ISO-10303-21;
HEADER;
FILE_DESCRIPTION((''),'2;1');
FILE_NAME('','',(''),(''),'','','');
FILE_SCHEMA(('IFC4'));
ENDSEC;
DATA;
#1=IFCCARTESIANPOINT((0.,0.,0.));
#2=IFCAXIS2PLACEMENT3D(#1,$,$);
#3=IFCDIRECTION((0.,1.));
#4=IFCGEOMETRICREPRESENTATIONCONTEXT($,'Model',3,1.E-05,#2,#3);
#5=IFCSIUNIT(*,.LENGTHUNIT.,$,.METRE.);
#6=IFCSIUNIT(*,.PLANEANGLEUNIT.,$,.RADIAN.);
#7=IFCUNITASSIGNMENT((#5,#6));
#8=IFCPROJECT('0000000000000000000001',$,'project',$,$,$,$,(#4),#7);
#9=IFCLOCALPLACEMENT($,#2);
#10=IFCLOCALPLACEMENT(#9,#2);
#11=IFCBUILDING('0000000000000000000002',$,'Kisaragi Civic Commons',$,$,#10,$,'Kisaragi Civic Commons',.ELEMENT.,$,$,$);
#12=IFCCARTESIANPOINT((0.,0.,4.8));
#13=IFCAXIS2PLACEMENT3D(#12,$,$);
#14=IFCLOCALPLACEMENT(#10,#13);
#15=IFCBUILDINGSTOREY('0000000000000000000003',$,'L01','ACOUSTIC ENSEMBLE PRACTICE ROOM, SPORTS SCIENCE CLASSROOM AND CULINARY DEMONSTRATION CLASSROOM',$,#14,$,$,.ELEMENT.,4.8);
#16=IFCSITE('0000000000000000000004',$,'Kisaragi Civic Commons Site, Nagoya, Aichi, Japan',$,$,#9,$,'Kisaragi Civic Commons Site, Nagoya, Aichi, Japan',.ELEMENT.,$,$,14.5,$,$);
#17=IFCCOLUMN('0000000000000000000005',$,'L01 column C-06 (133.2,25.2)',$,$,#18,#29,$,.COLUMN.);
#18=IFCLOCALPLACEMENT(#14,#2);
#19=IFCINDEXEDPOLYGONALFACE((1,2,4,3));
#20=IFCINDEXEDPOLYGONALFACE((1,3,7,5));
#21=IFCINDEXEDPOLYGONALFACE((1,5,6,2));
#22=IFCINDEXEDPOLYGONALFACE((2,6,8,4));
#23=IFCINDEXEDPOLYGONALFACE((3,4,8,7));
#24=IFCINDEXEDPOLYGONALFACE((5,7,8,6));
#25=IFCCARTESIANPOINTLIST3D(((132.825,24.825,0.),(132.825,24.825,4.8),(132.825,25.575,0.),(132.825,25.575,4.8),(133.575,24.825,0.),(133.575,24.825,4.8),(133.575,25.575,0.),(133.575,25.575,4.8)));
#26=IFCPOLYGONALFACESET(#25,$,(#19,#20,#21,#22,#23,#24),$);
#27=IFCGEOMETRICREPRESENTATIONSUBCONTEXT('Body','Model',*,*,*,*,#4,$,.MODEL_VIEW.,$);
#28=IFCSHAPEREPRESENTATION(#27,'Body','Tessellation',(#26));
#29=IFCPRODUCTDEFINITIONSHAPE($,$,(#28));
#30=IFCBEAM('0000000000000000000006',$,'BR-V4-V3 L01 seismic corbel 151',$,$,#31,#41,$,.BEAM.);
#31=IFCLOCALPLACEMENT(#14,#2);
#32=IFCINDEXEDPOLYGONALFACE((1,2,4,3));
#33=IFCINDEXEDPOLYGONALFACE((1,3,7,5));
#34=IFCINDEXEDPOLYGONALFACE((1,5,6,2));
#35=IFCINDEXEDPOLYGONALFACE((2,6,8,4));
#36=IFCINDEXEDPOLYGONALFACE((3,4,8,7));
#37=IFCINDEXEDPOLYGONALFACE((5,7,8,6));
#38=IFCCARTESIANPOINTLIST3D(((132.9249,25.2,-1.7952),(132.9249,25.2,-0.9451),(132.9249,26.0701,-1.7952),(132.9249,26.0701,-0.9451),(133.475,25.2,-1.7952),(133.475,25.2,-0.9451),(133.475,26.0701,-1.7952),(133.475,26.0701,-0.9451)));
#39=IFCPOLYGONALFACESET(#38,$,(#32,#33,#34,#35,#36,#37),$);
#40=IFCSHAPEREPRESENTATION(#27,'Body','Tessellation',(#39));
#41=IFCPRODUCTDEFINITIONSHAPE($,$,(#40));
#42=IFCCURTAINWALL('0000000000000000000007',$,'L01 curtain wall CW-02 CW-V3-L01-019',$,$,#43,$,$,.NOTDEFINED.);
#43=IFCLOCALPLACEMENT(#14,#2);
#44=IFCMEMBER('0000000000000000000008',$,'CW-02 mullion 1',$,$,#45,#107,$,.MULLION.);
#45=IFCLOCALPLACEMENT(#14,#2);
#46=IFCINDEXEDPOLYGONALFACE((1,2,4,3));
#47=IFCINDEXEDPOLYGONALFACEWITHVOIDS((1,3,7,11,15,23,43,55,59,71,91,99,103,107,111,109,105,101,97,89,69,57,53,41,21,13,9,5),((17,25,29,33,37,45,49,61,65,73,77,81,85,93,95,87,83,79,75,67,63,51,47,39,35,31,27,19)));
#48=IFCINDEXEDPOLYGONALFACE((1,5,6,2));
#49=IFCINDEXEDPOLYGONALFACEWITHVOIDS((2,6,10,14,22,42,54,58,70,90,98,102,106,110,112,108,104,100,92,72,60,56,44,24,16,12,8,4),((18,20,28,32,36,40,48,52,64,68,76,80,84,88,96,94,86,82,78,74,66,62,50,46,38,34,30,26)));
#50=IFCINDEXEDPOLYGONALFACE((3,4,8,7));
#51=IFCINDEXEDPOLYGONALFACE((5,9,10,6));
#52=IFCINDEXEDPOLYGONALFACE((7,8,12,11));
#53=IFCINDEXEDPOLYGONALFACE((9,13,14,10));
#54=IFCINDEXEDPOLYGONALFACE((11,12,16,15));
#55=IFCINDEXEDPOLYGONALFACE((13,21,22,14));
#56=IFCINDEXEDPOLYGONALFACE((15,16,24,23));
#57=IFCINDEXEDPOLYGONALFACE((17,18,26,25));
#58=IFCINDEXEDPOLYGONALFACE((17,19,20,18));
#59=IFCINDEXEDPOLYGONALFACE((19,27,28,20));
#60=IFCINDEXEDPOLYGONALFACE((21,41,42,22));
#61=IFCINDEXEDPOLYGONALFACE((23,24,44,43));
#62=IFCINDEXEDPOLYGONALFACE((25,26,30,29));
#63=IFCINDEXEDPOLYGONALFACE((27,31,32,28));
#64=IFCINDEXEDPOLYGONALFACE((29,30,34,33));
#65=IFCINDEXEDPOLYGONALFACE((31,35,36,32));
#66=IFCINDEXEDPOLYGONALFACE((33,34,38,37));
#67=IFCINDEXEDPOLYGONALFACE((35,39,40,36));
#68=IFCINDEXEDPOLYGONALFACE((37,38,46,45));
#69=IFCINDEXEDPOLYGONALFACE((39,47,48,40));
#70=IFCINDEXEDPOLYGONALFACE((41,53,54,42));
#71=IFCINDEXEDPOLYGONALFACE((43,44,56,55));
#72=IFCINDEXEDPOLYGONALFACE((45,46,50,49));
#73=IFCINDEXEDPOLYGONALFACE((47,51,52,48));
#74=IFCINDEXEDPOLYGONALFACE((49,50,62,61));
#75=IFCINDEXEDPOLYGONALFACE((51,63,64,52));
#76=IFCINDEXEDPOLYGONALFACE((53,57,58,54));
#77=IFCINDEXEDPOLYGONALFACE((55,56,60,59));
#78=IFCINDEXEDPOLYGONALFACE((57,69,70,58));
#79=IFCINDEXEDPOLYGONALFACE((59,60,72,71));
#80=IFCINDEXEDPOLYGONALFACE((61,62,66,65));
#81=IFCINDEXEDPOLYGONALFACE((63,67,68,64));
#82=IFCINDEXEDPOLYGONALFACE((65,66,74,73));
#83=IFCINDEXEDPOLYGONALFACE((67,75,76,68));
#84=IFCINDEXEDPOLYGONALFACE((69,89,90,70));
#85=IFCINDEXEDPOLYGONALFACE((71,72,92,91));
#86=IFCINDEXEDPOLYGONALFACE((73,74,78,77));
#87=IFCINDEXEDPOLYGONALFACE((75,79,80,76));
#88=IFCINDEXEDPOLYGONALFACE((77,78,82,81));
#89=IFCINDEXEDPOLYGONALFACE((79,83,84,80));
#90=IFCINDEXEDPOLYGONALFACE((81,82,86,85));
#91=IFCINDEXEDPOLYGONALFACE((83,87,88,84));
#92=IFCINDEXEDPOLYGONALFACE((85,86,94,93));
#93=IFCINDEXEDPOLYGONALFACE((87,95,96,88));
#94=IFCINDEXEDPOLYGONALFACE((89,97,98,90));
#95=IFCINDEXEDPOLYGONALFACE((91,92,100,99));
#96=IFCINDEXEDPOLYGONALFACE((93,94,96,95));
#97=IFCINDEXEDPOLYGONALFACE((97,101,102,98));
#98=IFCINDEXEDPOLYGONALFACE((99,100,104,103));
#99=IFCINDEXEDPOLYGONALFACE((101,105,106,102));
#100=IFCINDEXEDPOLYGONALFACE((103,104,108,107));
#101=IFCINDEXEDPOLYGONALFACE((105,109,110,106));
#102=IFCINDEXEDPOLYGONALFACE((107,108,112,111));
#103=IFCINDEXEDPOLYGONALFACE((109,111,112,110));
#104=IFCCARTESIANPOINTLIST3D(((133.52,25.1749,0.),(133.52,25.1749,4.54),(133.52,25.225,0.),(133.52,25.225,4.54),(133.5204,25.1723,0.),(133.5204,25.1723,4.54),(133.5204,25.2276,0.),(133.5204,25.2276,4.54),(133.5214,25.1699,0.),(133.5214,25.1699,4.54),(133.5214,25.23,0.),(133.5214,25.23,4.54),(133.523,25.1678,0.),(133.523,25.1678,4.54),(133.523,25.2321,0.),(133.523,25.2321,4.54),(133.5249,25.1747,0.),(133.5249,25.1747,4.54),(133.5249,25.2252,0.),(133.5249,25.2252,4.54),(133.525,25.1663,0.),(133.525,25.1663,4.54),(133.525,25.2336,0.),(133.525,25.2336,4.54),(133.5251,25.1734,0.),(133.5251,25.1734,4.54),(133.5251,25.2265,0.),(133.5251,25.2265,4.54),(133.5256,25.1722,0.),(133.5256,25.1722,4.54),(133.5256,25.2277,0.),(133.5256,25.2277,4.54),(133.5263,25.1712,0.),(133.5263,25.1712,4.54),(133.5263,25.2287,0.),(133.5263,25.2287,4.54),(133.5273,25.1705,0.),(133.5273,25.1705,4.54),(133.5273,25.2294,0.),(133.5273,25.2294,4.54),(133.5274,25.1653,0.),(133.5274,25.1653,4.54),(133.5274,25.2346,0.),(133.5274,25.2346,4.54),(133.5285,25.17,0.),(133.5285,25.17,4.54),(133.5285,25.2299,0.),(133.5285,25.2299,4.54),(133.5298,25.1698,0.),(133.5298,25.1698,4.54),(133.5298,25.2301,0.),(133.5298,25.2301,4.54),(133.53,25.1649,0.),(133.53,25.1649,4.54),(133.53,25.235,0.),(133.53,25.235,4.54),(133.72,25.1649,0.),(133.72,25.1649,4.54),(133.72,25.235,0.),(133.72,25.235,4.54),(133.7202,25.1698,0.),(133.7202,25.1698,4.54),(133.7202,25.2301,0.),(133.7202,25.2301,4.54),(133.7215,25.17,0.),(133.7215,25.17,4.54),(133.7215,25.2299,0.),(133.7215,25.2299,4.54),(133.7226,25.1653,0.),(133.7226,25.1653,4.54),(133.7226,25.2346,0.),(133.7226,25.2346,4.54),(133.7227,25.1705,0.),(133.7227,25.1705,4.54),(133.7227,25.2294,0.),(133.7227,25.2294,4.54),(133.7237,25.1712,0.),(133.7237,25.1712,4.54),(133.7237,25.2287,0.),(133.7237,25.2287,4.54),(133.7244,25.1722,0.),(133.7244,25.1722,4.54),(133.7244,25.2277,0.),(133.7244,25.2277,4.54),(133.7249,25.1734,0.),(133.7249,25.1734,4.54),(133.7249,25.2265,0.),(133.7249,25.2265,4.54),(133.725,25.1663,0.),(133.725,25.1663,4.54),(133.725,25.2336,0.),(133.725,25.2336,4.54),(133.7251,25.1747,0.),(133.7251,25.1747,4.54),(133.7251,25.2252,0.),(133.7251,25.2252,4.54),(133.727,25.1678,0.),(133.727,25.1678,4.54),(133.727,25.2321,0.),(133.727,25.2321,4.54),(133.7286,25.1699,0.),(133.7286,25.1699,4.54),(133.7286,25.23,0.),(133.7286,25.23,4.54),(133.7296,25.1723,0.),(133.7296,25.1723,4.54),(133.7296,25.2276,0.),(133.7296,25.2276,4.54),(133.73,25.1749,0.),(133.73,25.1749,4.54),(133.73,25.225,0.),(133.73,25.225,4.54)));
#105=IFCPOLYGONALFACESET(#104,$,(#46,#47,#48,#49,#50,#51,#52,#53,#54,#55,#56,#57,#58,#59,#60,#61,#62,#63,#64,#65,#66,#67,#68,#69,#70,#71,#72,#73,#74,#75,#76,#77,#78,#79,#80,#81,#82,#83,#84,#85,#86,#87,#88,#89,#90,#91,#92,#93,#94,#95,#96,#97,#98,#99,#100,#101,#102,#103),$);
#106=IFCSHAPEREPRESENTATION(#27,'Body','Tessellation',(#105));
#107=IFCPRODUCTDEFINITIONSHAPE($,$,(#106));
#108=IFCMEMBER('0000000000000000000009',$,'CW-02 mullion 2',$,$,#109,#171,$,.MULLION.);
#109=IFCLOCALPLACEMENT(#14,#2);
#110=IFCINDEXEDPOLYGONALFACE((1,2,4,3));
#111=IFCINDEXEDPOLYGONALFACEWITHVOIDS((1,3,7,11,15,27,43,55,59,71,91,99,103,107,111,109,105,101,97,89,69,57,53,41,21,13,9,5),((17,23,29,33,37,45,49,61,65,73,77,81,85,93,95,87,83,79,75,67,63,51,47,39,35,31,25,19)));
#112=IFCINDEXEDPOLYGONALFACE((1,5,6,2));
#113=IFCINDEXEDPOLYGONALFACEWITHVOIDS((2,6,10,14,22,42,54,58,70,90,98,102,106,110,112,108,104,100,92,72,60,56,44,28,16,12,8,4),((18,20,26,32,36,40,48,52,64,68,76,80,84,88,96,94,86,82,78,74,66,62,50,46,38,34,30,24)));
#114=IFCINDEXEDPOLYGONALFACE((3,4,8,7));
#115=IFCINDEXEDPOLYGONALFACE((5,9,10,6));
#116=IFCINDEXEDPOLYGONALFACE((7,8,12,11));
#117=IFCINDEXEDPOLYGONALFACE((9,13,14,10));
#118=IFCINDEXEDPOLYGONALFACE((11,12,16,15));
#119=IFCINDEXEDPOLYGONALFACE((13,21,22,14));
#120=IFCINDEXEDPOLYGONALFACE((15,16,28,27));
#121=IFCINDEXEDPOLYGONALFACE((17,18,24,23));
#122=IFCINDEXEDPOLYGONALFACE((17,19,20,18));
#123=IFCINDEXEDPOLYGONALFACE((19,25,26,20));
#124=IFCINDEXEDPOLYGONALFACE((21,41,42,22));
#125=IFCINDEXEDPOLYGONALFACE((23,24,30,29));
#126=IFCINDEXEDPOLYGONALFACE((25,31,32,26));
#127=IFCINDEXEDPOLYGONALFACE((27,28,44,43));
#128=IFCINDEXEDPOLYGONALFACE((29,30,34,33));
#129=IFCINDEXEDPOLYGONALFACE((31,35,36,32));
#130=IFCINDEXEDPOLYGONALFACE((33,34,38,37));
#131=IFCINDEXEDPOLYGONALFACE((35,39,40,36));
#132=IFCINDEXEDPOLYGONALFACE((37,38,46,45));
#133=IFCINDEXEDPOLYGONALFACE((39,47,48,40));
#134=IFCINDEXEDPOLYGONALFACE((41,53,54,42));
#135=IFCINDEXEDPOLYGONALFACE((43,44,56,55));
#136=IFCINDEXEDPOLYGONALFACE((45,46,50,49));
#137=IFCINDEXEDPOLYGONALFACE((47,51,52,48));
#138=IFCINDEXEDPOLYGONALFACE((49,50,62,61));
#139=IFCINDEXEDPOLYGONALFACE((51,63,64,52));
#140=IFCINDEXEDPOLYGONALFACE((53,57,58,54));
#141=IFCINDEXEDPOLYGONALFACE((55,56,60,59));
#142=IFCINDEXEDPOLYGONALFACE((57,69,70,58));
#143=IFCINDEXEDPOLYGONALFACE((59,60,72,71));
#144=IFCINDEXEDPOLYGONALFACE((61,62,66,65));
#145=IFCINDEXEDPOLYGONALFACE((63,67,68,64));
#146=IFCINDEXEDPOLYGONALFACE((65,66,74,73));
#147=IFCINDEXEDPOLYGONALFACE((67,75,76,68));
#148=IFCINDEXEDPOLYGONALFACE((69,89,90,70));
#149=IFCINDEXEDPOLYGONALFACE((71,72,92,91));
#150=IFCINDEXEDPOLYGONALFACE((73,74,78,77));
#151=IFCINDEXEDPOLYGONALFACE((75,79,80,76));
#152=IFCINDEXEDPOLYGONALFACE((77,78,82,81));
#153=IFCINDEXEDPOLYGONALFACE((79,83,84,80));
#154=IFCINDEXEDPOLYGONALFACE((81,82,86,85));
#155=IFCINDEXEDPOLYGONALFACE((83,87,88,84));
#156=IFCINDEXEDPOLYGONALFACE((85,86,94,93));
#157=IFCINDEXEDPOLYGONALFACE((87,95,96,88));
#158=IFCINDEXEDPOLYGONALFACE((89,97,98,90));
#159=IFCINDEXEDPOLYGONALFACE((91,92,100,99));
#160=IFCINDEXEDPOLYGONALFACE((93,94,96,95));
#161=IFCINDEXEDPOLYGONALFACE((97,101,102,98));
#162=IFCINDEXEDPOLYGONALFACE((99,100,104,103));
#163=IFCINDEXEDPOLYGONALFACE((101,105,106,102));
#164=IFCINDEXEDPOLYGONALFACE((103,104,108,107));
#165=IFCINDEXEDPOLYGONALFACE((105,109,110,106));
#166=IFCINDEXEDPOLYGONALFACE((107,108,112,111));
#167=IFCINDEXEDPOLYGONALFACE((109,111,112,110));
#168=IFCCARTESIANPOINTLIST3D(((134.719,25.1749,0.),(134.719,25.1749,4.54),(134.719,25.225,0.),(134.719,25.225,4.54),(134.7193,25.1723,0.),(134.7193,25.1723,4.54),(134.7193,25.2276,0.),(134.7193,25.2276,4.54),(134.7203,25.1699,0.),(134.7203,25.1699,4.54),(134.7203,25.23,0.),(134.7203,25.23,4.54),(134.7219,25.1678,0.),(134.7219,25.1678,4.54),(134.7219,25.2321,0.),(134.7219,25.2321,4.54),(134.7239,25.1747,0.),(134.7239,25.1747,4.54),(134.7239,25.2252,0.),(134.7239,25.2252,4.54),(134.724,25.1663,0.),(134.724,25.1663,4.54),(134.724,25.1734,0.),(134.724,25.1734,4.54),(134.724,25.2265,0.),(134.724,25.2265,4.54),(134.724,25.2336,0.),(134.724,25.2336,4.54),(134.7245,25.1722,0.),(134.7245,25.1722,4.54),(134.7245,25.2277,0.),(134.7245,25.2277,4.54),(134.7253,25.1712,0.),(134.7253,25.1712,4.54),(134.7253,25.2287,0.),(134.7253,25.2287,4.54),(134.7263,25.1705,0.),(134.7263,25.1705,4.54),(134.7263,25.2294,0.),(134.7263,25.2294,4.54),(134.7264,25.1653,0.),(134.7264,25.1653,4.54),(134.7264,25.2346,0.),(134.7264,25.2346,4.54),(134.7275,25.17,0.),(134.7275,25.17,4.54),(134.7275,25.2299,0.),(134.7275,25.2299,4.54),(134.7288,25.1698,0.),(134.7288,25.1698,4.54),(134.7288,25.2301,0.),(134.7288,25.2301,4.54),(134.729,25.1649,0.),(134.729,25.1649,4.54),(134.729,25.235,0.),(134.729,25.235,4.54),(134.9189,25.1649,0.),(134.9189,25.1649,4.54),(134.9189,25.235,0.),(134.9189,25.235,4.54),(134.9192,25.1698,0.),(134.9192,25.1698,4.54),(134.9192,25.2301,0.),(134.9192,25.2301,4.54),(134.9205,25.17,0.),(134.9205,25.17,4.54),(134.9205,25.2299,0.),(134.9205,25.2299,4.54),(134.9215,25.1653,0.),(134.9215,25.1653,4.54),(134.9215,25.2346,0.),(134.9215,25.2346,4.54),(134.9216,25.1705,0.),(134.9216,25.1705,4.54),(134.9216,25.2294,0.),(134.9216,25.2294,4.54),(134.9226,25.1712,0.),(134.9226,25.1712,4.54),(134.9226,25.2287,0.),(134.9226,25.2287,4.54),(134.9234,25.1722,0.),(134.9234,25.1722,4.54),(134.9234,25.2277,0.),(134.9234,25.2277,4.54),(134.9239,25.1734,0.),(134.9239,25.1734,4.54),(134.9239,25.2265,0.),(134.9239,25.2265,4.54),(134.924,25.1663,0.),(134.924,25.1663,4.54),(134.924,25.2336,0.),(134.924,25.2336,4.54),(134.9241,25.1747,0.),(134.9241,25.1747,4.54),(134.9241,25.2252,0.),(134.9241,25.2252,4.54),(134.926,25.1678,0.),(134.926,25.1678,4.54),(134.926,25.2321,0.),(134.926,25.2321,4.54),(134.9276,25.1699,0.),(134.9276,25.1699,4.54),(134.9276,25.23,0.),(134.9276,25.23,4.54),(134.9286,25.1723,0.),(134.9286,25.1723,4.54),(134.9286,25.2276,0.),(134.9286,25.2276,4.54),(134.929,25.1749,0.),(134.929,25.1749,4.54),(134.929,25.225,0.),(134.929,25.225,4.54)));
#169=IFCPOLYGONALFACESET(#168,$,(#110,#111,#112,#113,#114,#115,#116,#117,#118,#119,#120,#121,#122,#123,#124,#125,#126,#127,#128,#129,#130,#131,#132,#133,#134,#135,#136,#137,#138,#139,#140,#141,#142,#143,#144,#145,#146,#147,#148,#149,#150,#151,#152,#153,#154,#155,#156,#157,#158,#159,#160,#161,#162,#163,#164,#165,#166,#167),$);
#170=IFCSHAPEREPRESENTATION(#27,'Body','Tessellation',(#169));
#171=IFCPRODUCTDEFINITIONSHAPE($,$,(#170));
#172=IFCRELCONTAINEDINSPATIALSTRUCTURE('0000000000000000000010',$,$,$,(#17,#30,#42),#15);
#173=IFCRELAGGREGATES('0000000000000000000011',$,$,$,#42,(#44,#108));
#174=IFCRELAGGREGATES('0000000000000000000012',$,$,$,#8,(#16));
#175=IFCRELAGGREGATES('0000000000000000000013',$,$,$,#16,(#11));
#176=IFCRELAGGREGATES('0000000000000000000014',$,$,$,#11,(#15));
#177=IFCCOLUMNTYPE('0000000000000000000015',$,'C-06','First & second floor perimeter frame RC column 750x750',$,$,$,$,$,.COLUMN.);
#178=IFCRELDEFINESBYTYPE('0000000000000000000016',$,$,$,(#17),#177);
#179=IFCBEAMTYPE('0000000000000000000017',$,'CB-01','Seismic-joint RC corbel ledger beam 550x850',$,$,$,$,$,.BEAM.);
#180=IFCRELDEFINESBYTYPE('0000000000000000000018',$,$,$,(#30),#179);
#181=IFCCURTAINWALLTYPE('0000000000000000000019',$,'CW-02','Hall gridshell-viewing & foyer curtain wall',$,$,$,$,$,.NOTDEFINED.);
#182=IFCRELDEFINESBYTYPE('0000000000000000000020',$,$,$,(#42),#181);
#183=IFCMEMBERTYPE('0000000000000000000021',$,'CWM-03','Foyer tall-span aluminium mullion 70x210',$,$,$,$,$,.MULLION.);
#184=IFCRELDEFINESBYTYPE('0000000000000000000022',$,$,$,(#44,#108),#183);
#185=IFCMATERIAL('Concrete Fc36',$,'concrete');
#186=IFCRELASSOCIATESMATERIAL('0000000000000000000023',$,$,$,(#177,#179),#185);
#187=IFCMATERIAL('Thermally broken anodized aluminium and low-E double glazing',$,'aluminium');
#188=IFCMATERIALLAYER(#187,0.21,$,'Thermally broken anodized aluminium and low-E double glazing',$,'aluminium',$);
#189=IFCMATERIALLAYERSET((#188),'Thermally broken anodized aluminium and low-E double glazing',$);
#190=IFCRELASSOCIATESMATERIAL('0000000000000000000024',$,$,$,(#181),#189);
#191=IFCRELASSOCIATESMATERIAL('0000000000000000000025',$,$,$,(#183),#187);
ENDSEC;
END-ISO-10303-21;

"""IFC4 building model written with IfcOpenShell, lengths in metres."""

from ifc_helpers import new_model, si_unit, direction, frame, origin, origin_2d, place, context, subcontext, project, spatial, rectangle, hollow_rectangle, extrude, material, layer, layer_set, material_profile, profile_set, type_object, element, aggregate, save


model = new_model("IFC4")

# Units and contexts
model_context = context("Model", 3, precision=1e-05, world=origin(), true_north=direction((0.0, 1.0)))
body_context = subcontext(model_context, "Body", "Model", "MODEL_VIEW")
ifc_project = project(units=[si_unit("LENGTHUNIT", "METRE"), si_unit("PLANEANGLEUNIT", "RADIAN")], contexts=[model_context])

# Site, building, storey
site_placement = place(None, origin())
site = spatial("IfcSite", under=ifc_project, at=site_placement, Name="Kisaragi Civic Commons Site, Nagoya, Aichi, Japan", LongName="Kisaragi Civic Commons Site, Nagoya, Aichi, Japan", CompositionType="ELEMENT", RefElevation=14.5)
building_placement = place(site_placement, origin())
building = spatial("IfcBuilding", under=site, at=building_placement, Name="Kisaragi Civic Commons", LongName="Kisaragi Civic Commons", CompositionType="ELEMENT")
storey_placement = place(building_placement, frame((0.0, 0.0, 4.8)))
storey = spatial("IfcBuildingStorey", under=building, at=storey_placement, Name="L01", Description="ACOUSTIC ENSEMBLE PRACTICE ROOM, SPORTS SCIENCE CLASSROOM AND CULINARY DEMONSTRATION CLASSROOM", CompositionType="ELEMENT", Elevation=4.8)

# Column
ifc_material_1 = material(Name="Concrete Fc36", Category="concrete")
ifc_material_profile_1 = material_profile(ifc_material_1, rectangle(XDim=0.75, YDim=0.75, at=origin_2d()), Name="RC-750x750", Category="concrete")
ifc_profile_set_1 = profile_set([ifc_material_profile_1], Name="Concrete Fc36")
column_type = type_object("IfcColumnType", Name="C-06", Description="First & second floor perimeter frame RC column 750x750", PredefinedType="COLUMN", material=ifc_profile_set_1)
column_placement = place(storey_placement, frame((133.2, 25.2, 0.0), z_axis=(0.0, 0.0, 1.0), x_axis=(1.0, 0.0, 0.0)))
element("IfcColumn", 1, at=column_placement, inside=storey, type_object=column_type, Name="L01 column C-06 (133.2,25.2)", PredefinedType="COLUMN", context=body_context, shape_type="SweptSolid", body=[
    extrude(rectangle(XDim=0.75, YDim=0.75, at=origin_2d()), origin(), (0.0, 0.0, 1.0), 4.8),
])

# Beam
ifc_material_profile_2 = material_profile(ifc_material_1, rectangle(XDim=0.55, YDim=0.8501, at=origin_2d()), Name="RC-550x850", Category="concrete")
ifc_profile_set_2 = profile_set([ifc_material_profile_2], Name="Concrete Fc36")
beam_type_1 = type_object("IfcBeamType", Name="CB-01", Description="Seismic-joint RC corbel ledger beam 550x850", PredefinedType="BEAM", material=ifc_profile_set_2)
beam_1_placement = place(storey_placement, frame((133.2, 25.2, -1.3701), z_axis=(0.0, 1.0, 0.0), x_axis=(-1.0, 0.0, 0.0)))
element("IfcBeam", 2, at=beam_1_placement, inside=storey, type_object=beam_type_1, Name="BR-V4-V3 L01 seismic corbel 151", PredefinedType="BEAM", context=body_context, shape_type="SweptSolid", body=[
    extrude(rectangle(XDim=0.55, YDim=0.8501, at=origin_2d()), origin(), (0.0, 0.0, 1.0), 0.8701),
])

# Curtain wall, members
ifc_material_2 = material(Name="Thermally broken anodized aluminium and low-E double glazing", Category="aluminium")
ifc_layer_1 = layer(ifc_material_2, 0.21, Name="Thermally broken anodized aluminium and low-E double glazing", Category="aluminium")
ifc_layer_set_1 = layer_set([ifc_layer_1], Name="Thermally broken anodized aluminium and low-E double glazing")
curtain_wall_type = type_object("IfcCurtainWallType", Name="CW-02", Description="Hall gridshell-viewing & foyer curtain wall", PredefinedType="NOTDEFINED", material=ifc_layer_set_1)
curtain_wall_placement = place(storey_placement, origin())
curtain_wall = element("IfcCurtainWall", 3, at=curtain_wall_placement, inside=storey, type_object=curtain_wall_type, Name="L01 curtain wall CW-02 CW-V3-L01-019", PredefinedType="NOTDEFINED")
ifc_material_profile_3 = material_profile(ifc_material_2, hollow_rectangle(XDim=0.0701, YDim=0.21, WallThickness=0.0049, InnerFilletRadius=0.0049, OuterFilletRadius=0.01, at=origin_2d()), Name="CWM-70x210x5", Category="aluminium")
ifc_profile_set_3 = profile_set([ifc_material_profile_3], Name="Thermally broken anodized aluminium and low-E double glazing")
member_type_1 = type_object("IfcMemberType", Name="CWM-03", Description="Foyer tall-span aluminium mullion 70x210", PredefinedType="MULLION", material=ifc_profile_set_3)
member_1_placement = place(storey_placement, frame((133.625, 25.2, 0.0), z_axis=(0.0, 0.0, 1.0), x_axis=(0.0, 1.0, 0.0)))
member_1 = element("IfcMember", 4, at=member_1_placement, type_object=member_type_1, Name="CW-02 mullion 1", PredefinedType="MULLION", context=body_context, shape_type="SweptSolid", body=[
    extrude(hollow_rectangle(XDim=0.0701, YDim=0.21, WallThickness=0.0049, InnerFilletRadius=0.0049, OuterFilletRadius=0.01, at=origin_2d()), origin(), (0.0, 0.0, 1.0), 4.54),
])
member_2_placement = place(storey_placement, frame((134.824, 25.2, 0.0), z_axis=(0.0, 0.0, 1.0), x_axis=(0.0, 1.0, 0.0)))
member_2 = element("IfcMember", 5, at=member_2_placement, type_object=member_type_1, Name="CW-02 mullion 2", PredefinedType="MULLION", context=body_context, shape_type="SweptSolid", body=[
    extrude(hollow_rectangle(XDim=0.0701, YDim=0.21, WallThickness=0.0049, InnerFilletRadius=0.0049, OuterFilletRadius=0.01, at=origin_2d()), origin(), (0.0, 0.0, 1.0), 4.54),
])

aggregate(curtain_wall, [member_1, member_2])

save(model, "model.ifc")
